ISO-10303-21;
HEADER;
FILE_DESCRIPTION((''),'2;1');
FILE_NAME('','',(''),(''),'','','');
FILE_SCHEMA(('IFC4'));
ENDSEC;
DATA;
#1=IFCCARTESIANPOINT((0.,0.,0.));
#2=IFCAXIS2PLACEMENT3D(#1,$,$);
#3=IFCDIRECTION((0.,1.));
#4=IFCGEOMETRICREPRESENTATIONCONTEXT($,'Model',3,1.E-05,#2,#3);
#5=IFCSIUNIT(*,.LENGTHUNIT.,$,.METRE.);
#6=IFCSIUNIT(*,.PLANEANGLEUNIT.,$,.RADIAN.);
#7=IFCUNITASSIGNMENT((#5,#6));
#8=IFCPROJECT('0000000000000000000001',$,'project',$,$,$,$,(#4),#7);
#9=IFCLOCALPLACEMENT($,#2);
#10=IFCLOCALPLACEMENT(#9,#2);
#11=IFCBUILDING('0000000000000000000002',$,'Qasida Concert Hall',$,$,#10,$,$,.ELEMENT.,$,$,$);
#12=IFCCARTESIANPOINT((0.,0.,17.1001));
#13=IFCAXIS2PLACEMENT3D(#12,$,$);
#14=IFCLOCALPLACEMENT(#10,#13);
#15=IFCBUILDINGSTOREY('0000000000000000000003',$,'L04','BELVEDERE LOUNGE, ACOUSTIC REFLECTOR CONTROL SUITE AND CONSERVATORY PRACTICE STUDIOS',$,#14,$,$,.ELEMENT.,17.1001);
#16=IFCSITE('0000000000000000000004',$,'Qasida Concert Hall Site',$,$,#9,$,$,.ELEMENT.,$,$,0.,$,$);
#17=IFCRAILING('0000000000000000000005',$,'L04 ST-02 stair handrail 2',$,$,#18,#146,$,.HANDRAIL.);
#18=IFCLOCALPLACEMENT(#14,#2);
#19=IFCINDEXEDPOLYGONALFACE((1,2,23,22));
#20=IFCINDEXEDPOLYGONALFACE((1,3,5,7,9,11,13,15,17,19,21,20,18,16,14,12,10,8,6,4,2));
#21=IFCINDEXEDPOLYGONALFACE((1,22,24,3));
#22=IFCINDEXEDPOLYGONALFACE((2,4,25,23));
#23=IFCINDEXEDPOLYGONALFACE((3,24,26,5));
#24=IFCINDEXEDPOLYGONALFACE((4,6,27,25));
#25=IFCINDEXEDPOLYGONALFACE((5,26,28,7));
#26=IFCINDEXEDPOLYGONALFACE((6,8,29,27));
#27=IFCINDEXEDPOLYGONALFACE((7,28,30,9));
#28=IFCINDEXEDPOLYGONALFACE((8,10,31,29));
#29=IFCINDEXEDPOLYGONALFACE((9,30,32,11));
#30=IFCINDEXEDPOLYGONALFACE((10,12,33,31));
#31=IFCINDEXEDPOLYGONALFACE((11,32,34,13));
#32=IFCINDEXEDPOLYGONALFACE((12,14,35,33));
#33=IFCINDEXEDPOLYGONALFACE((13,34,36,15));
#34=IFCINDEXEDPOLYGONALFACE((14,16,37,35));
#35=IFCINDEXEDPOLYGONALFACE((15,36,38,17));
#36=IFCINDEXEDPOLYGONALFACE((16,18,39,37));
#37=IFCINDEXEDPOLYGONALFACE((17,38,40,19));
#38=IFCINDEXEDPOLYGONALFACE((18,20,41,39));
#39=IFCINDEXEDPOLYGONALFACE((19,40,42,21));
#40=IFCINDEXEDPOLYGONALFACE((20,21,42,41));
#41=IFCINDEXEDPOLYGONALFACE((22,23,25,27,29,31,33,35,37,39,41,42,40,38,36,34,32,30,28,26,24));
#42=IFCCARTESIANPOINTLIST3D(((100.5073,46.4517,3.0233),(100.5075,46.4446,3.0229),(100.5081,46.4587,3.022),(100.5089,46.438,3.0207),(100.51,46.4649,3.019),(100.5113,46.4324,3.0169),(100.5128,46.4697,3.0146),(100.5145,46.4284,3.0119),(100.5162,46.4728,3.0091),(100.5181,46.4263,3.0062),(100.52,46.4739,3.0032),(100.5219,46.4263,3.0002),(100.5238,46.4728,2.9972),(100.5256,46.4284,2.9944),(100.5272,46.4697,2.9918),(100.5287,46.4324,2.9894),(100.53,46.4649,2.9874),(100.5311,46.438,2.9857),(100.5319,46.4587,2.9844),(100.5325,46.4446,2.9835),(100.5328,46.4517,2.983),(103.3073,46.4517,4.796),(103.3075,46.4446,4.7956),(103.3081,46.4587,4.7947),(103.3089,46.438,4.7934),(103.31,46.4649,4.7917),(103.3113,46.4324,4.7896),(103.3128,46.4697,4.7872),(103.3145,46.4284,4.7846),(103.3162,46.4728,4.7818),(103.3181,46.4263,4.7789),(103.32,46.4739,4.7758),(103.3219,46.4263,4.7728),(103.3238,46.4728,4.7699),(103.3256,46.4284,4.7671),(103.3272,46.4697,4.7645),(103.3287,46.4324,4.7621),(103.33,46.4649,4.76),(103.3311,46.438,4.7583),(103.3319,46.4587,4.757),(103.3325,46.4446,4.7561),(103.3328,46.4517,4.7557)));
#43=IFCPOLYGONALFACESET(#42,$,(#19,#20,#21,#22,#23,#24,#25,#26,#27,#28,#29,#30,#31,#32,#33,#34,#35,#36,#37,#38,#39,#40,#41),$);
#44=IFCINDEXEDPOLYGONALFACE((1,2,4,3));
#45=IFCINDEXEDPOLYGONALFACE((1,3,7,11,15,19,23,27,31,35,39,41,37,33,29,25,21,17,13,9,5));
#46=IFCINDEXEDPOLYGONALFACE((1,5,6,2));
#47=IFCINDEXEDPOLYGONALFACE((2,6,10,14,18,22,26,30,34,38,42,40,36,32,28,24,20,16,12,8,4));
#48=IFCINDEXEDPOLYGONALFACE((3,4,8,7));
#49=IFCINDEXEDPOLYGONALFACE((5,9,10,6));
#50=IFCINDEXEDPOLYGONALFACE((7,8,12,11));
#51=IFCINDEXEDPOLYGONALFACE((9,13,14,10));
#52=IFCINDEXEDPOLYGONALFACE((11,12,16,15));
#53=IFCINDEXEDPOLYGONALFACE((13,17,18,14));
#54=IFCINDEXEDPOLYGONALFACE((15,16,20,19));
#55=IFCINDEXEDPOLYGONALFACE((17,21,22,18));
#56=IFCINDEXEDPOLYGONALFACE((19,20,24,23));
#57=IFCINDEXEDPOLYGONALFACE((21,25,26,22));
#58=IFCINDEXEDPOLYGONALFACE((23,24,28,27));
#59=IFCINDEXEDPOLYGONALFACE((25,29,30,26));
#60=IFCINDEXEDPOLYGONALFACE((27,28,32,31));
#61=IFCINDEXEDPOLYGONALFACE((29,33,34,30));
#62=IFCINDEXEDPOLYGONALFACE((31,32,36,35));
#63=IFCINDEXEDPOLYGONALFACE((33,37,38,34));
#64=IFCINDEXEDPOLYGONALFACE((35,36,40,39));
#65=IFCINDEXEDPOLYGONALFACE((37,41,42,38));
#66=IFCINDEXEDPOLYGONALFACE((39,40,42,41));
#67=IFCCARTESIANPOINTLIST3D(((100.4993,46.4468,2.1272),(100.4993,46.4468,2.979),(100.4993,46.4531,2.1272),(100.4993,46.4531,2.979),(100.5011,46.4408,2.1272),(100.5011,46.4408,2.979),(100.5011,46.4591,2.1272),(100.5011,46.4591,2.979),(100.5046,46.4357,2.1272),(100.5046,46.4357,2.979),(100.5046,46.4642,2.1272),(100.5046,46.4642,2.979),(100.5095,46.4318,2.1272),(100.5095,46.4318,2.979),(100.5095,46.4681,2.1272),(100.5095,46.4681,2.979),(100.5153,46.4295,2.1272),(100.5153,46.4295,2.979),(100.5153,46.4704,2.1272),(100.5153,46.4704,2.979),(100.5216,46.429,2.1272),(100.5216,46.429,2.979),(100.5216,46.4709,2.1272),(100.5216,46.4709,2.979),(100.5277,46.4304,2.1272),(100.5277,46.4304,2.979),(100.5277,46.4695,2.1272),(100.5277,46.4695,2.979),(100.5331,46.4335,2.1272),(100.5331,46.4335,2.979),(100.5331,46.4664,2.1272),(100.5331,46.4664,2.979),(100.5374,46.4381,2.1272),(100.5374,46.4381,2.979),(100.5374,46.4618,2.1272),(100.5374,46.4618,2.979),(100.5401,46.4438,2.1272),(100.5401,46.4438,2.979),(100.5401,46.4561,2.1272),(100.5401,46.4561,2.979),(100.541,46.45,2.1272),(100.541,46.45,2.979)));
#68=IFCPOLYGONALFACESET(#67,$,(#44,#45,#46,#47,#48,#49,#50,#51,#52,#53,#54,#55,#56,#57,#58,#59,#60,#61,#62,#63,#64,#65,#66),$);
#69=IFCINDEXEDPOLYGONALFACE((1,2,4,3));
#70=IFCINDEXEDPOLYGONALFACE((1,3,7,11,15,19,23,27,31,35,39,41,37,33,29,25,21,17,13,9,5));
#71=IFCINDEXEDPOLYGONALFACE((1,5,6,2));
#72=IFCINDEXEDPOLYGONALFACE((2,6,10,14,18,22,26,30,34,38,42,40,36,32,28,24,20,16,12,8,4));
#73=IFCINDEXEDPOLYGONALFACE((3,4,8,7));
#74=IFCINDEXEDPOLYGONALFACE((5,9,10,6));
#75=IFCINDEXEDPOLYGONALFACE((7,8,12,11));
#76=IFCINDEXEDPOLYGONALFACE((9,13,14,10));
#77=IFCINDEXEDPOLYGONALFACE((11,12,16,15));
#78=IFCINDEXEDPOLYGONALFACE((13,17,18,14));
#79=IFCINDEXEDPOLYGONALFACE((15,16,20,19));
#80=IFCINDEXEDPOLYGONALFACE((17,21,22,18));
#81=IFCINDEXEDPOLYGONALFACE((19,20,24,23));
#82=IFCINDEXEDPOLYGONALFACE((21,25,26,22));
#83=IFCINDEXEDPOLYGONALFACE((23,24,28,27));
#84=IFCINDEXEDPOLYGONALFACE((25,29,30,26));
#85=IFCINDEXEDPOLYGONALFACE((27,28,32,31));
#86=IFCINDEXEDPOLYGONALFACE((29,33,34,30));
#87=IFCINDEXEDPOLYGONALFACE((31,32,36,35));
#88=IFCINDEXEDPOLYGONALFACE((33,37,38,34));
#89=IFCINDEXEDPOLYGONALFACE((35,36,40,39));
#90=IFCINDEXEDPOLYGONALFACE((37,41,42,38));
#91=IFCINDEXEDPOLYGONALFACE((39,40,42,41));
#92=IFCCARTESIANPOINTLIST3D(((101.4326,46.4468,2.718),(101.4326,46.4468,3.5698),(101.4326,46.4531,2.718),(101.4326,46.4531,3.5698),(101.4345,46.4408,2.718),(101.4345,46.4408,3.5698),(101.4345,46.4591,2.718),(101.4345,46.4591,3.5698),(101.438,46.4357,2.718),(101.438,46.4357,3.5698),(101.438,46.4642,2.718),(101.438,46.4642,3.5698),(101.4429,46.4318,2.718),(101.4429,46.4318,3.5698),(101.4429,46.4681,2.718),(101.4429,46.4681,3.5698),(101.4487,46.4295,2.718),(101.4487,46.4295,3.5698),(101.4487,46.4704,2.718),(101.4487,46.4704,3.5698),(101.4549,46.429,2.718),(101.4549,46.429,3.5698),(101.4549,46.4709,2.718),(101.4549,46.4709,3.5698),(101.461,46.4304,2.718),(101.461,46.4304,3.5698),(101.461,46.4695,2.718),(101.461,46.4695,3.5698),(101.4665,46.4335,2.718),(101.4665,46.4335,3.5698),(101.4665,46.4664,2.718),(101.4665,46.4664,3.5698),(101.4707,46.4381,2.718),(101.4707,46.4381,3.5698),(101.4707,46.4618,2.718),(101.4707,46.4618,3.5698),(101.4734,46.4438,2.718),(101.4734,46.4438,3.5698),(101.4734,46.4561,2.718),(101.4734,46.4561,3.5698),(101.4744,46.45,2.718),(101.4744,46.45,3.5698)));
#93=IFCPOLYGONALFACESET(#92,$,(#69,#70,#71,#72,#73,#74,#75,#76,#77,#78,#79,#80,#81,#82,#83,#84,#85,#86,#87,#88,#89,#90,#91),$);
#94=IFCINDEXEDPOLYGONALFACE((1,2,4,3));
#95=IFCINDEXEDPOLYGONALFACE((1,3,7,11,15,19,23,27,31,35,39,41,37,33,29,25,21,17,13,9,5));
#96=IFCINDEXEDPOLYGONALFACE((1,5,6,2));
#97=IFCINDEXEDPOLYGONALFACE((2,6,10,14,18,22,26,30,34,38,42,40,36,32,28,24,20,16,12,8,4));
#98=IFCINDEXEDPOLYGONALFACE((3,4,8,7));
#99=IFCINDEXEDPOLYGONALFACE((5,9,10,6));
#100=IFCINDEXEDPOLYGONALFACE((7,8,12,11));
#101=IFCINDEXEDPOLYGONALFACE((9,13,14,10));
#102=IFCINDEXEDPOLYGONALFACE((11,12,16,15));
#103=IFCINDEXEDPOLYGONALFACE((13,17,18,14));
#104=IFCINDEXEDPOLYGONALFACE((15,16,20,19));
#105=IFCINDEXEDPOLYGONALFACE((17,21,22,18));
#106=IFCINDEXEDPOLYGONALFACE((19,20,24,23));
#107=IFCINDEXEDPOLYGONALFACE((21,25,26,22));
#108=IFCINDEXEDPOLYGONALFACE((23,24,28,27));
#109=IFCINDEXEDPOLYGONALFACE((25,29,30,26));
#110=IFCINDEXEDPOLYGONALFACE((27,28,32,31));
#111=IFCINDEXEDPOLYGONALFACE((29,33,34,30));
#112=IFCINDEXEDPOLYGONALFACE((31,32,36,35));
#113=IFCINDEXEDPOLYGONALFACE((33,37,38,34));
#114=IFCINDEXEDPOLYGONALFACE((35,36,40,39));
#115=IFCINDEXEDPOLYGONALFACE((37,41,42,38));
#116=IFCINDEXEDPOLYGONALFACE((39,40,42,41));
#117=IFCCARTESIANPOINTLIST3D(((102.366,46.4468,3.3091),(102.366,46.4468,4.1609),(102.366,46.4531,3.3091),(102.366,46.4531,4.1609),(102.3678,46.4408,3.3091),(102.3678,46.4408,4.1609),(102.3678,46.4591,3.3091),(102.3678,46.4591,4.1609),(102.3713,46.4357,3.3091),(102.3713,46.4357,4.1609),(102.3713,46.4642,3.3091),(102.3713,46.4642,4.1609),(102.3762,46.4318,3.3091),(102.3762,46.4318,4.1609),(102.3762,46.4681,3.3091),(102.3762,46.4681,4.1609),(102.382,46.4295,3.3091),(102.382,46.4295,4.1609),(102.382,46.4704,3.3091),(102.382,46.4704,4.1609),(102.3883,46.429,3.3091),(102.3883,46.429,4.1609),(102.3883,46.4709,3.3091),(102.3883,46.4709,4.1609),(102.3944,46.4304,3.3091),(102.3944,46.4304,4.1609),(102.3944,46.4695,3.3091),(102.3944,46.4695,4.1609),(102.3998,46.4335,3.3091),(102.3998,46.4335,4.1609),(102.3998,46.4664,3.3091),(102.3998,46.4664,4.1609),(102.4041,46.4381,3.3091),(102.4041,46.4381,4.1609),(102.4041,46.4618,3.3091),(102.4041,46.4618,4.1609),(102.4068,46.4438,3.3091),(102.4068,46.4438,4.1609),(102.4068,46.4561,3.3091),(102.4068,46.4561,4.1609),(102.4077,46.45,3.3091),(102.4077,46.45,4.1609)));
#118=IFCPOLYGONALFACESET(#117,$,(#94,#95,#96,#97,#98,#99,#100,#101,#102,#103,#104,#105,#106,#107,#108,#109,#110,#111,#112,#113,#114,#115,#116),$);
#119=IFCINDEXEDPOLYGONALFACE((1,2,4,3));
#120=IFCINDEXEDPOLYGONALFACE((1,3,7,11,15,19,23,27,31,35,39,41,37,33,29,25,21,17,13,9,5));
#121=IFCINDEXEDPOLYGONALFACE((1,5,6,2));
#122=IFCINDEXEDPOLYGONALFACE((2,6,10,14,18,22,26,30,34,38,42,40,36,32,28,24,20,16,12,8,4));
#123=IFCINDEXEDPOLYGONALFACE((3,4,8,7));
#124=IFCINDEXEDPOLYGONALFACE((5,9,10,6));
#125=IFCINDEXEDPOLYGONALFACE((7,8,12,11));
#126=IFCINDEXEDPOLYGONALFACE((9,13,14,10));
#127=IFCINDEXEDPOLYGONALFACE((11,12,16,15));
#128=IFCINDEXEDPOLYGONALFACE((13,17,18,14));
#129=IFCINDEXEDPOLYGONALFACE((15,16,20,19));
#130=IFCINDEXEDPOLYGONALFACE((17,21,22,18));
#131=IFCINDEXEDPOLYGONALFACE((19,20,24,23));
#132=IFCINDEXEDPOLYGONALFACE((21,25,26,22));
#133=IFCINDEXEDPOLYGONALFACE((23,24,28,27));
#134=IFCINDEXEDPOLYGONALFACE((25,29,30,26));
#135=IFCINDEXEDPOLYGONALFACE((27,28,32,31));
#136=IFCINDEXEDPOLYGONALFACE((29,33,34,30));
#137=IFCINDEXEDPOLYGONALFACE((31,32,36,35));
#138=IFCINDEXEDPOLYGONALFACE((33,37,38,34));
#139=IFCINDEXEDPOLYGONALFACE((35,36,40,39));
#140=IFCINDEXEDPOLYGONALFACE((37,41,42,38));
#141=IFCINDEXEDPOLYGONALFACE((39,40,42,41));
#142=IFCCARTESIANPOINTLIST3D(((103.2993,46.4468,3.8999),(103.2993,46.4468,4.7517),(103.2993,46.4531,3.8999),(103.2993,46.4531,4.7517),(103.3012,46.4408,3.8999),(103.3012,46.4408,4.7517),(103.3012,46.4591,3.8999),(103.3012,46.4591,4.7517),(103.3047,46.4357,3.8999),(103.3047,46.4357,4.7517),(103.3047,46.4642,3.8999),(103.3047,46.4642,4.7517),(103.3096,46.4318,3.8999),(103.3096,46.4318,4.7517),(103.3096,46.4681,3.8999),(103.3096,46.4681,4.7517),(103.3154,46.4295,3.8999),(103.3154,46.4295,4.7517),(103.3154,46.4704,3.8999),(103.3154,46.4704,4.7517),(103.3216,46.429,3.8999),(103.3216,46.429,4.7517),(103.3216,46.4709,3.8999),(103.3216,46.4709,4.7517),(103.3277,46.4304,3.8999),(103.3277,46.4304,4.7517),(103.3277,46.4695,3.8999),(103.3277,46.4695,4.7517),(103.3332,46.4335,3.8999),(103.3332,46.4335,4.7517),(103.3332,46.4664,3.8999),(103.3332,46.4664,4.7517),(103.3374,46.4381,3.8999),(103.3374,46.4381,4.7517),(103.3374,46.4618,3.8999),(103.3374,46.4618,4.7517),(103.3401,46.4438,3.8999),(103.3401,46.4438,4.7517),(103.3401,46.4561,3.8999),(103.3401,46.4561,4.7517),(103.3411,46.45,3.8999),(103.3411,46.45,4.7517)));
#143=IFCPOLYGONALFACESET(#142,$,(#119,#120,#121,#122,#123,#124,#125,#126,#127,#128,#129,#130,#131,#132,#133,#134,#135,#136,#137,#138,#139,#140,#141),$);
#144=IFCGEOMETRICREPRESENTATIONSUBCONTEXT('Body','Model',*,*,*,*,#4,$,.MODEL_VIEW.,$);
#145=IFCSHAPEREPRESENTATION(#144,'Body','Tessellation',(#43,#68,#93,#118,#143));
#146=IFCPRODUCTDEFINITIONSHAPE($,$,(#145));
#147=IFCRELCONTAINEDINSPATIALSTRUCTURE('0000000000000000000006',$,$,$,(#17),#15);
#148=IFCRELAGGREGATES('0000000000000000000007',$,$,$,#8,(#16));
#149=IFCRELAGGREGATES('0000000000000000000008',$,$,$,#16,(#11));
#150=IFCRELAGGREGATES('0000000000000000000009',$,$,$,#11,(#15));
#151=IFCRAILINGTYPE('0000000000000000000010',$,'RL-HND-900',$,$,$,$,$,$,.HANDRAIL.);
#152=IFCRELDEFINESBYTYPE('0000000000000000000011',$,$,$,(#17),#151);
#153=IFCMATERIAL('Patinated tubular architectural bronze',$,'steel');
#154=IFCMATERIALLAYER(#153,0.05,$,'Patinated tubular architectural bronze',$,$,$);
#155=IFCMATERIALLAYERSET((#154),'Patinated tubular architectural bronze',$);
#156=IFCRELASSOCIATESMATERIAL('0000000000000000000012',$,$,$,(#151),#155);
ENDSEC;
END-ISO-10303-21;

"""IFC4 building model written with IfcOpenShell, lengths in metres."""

from ifc_helpers import new_model, si_unit, direction, frame, origin, origin_2d, place, context, subcontext, project, spatial, circle, extrude, material, layer, layer_set, type_object, element, save


model = new_model("IFC4")

# Units and contexts
model_context = context("Model", 3, precision=1e-05, world=origin(), true_north=direction((0.0, 1.0)))
body_context = subcontext(model_context, "Body", "Model", "MODEL_VIEW")
ifc_project = project(units=[si_unit("LENGTHUNIT", "METRE"), si_unit("PLANEANGLEUNIT", "RADIAN")], contexts=[model_context])

# Site, building, storey
site_placement = place(None, origin())
site = spatial("IfcSite", under=ifc_project, at=site_placement, Name="Qasida Concert Hall Site", CompositionType="ELEMENT", RefElevation=0.0)
building_placement = place(site_placement, origin())
building = spatial("IfcBuilding", under=site, at=building_placement, Name="Qasida Concert Hall", CompositionType="ELEMENT")
storey_placement = place(building_placement, frame((0.0, 0.0, 17.1001)))
storey = spatial("IfcBuildingStorey", under=building, at=storey_placement, Name="L04", Description="BELVEDERE LOUNGE, ACOUSTIC REFLECTOR CONTROL SUITE AND CONSERVATORY PRACTICE STUDIOS", CompositionType="ELEMENT", Elevation=17.1001)

# Railing
ifc_material_1 = material(Name="Patinated tubular architectural bronze", Category="steel")
ifc_layer_1 = layer(ifc_material_1, 0.05, Name="Patinated tubular architectural bronze")
ifc_layer_set_1 = layer_set([ifc_layer_1], Name="Patinated tubular architectural bronze")
railing_type_1 = type_object("IfcRailingType", Name="RL-HND-900", PredefinedType="HANDRAIL", material=ifc_layer_set_1)
railing_1_placement = place(storey_placement, frame((100.52, 46.45, 2.1272)))
element("IfcRailing", 1, at=railing_1_placement, inside=storey, type_object=railing_type_1, Name="L04 ST-02 stair handrail 2", PredefinedType="HANDRAIL", context=body_context, shape_type="SweptSolid", body=[
    extrude(circle(Radius=0.0239, at=origin_2d()), frame((0.0, 0.0, 0.876), z_axis=(0.844909, 0.0, 0.53491), x_axis=(0.0, 1.0, 0.0)), (0.0, 0.0, 1.0), 3.314),
    extrude(circle(Radius=0.021, at=origin_2d()), origin(), (0.0, 0.0, 1.0), 0.8518),
    extrude(circle(Radius=0.021, at=origin_2d()), frame((0.9333, 0.0, 0.5908)), (0.0, 0.0, 1.0), 0.8518),
    extrude(circle(Radius=0.021, at=origin_2d()), frame((1.8667, 0.0, 1.1819)), (0.0, 0.0, 1.0), 0.8518),
    extrude(circle(Radius=0.021, at=origin_2d()), frame((2.8, 0.0, 1.7727)), (0.0, 0.0, 1.0), 0.8518),
])

save(model, "model.ifc")
